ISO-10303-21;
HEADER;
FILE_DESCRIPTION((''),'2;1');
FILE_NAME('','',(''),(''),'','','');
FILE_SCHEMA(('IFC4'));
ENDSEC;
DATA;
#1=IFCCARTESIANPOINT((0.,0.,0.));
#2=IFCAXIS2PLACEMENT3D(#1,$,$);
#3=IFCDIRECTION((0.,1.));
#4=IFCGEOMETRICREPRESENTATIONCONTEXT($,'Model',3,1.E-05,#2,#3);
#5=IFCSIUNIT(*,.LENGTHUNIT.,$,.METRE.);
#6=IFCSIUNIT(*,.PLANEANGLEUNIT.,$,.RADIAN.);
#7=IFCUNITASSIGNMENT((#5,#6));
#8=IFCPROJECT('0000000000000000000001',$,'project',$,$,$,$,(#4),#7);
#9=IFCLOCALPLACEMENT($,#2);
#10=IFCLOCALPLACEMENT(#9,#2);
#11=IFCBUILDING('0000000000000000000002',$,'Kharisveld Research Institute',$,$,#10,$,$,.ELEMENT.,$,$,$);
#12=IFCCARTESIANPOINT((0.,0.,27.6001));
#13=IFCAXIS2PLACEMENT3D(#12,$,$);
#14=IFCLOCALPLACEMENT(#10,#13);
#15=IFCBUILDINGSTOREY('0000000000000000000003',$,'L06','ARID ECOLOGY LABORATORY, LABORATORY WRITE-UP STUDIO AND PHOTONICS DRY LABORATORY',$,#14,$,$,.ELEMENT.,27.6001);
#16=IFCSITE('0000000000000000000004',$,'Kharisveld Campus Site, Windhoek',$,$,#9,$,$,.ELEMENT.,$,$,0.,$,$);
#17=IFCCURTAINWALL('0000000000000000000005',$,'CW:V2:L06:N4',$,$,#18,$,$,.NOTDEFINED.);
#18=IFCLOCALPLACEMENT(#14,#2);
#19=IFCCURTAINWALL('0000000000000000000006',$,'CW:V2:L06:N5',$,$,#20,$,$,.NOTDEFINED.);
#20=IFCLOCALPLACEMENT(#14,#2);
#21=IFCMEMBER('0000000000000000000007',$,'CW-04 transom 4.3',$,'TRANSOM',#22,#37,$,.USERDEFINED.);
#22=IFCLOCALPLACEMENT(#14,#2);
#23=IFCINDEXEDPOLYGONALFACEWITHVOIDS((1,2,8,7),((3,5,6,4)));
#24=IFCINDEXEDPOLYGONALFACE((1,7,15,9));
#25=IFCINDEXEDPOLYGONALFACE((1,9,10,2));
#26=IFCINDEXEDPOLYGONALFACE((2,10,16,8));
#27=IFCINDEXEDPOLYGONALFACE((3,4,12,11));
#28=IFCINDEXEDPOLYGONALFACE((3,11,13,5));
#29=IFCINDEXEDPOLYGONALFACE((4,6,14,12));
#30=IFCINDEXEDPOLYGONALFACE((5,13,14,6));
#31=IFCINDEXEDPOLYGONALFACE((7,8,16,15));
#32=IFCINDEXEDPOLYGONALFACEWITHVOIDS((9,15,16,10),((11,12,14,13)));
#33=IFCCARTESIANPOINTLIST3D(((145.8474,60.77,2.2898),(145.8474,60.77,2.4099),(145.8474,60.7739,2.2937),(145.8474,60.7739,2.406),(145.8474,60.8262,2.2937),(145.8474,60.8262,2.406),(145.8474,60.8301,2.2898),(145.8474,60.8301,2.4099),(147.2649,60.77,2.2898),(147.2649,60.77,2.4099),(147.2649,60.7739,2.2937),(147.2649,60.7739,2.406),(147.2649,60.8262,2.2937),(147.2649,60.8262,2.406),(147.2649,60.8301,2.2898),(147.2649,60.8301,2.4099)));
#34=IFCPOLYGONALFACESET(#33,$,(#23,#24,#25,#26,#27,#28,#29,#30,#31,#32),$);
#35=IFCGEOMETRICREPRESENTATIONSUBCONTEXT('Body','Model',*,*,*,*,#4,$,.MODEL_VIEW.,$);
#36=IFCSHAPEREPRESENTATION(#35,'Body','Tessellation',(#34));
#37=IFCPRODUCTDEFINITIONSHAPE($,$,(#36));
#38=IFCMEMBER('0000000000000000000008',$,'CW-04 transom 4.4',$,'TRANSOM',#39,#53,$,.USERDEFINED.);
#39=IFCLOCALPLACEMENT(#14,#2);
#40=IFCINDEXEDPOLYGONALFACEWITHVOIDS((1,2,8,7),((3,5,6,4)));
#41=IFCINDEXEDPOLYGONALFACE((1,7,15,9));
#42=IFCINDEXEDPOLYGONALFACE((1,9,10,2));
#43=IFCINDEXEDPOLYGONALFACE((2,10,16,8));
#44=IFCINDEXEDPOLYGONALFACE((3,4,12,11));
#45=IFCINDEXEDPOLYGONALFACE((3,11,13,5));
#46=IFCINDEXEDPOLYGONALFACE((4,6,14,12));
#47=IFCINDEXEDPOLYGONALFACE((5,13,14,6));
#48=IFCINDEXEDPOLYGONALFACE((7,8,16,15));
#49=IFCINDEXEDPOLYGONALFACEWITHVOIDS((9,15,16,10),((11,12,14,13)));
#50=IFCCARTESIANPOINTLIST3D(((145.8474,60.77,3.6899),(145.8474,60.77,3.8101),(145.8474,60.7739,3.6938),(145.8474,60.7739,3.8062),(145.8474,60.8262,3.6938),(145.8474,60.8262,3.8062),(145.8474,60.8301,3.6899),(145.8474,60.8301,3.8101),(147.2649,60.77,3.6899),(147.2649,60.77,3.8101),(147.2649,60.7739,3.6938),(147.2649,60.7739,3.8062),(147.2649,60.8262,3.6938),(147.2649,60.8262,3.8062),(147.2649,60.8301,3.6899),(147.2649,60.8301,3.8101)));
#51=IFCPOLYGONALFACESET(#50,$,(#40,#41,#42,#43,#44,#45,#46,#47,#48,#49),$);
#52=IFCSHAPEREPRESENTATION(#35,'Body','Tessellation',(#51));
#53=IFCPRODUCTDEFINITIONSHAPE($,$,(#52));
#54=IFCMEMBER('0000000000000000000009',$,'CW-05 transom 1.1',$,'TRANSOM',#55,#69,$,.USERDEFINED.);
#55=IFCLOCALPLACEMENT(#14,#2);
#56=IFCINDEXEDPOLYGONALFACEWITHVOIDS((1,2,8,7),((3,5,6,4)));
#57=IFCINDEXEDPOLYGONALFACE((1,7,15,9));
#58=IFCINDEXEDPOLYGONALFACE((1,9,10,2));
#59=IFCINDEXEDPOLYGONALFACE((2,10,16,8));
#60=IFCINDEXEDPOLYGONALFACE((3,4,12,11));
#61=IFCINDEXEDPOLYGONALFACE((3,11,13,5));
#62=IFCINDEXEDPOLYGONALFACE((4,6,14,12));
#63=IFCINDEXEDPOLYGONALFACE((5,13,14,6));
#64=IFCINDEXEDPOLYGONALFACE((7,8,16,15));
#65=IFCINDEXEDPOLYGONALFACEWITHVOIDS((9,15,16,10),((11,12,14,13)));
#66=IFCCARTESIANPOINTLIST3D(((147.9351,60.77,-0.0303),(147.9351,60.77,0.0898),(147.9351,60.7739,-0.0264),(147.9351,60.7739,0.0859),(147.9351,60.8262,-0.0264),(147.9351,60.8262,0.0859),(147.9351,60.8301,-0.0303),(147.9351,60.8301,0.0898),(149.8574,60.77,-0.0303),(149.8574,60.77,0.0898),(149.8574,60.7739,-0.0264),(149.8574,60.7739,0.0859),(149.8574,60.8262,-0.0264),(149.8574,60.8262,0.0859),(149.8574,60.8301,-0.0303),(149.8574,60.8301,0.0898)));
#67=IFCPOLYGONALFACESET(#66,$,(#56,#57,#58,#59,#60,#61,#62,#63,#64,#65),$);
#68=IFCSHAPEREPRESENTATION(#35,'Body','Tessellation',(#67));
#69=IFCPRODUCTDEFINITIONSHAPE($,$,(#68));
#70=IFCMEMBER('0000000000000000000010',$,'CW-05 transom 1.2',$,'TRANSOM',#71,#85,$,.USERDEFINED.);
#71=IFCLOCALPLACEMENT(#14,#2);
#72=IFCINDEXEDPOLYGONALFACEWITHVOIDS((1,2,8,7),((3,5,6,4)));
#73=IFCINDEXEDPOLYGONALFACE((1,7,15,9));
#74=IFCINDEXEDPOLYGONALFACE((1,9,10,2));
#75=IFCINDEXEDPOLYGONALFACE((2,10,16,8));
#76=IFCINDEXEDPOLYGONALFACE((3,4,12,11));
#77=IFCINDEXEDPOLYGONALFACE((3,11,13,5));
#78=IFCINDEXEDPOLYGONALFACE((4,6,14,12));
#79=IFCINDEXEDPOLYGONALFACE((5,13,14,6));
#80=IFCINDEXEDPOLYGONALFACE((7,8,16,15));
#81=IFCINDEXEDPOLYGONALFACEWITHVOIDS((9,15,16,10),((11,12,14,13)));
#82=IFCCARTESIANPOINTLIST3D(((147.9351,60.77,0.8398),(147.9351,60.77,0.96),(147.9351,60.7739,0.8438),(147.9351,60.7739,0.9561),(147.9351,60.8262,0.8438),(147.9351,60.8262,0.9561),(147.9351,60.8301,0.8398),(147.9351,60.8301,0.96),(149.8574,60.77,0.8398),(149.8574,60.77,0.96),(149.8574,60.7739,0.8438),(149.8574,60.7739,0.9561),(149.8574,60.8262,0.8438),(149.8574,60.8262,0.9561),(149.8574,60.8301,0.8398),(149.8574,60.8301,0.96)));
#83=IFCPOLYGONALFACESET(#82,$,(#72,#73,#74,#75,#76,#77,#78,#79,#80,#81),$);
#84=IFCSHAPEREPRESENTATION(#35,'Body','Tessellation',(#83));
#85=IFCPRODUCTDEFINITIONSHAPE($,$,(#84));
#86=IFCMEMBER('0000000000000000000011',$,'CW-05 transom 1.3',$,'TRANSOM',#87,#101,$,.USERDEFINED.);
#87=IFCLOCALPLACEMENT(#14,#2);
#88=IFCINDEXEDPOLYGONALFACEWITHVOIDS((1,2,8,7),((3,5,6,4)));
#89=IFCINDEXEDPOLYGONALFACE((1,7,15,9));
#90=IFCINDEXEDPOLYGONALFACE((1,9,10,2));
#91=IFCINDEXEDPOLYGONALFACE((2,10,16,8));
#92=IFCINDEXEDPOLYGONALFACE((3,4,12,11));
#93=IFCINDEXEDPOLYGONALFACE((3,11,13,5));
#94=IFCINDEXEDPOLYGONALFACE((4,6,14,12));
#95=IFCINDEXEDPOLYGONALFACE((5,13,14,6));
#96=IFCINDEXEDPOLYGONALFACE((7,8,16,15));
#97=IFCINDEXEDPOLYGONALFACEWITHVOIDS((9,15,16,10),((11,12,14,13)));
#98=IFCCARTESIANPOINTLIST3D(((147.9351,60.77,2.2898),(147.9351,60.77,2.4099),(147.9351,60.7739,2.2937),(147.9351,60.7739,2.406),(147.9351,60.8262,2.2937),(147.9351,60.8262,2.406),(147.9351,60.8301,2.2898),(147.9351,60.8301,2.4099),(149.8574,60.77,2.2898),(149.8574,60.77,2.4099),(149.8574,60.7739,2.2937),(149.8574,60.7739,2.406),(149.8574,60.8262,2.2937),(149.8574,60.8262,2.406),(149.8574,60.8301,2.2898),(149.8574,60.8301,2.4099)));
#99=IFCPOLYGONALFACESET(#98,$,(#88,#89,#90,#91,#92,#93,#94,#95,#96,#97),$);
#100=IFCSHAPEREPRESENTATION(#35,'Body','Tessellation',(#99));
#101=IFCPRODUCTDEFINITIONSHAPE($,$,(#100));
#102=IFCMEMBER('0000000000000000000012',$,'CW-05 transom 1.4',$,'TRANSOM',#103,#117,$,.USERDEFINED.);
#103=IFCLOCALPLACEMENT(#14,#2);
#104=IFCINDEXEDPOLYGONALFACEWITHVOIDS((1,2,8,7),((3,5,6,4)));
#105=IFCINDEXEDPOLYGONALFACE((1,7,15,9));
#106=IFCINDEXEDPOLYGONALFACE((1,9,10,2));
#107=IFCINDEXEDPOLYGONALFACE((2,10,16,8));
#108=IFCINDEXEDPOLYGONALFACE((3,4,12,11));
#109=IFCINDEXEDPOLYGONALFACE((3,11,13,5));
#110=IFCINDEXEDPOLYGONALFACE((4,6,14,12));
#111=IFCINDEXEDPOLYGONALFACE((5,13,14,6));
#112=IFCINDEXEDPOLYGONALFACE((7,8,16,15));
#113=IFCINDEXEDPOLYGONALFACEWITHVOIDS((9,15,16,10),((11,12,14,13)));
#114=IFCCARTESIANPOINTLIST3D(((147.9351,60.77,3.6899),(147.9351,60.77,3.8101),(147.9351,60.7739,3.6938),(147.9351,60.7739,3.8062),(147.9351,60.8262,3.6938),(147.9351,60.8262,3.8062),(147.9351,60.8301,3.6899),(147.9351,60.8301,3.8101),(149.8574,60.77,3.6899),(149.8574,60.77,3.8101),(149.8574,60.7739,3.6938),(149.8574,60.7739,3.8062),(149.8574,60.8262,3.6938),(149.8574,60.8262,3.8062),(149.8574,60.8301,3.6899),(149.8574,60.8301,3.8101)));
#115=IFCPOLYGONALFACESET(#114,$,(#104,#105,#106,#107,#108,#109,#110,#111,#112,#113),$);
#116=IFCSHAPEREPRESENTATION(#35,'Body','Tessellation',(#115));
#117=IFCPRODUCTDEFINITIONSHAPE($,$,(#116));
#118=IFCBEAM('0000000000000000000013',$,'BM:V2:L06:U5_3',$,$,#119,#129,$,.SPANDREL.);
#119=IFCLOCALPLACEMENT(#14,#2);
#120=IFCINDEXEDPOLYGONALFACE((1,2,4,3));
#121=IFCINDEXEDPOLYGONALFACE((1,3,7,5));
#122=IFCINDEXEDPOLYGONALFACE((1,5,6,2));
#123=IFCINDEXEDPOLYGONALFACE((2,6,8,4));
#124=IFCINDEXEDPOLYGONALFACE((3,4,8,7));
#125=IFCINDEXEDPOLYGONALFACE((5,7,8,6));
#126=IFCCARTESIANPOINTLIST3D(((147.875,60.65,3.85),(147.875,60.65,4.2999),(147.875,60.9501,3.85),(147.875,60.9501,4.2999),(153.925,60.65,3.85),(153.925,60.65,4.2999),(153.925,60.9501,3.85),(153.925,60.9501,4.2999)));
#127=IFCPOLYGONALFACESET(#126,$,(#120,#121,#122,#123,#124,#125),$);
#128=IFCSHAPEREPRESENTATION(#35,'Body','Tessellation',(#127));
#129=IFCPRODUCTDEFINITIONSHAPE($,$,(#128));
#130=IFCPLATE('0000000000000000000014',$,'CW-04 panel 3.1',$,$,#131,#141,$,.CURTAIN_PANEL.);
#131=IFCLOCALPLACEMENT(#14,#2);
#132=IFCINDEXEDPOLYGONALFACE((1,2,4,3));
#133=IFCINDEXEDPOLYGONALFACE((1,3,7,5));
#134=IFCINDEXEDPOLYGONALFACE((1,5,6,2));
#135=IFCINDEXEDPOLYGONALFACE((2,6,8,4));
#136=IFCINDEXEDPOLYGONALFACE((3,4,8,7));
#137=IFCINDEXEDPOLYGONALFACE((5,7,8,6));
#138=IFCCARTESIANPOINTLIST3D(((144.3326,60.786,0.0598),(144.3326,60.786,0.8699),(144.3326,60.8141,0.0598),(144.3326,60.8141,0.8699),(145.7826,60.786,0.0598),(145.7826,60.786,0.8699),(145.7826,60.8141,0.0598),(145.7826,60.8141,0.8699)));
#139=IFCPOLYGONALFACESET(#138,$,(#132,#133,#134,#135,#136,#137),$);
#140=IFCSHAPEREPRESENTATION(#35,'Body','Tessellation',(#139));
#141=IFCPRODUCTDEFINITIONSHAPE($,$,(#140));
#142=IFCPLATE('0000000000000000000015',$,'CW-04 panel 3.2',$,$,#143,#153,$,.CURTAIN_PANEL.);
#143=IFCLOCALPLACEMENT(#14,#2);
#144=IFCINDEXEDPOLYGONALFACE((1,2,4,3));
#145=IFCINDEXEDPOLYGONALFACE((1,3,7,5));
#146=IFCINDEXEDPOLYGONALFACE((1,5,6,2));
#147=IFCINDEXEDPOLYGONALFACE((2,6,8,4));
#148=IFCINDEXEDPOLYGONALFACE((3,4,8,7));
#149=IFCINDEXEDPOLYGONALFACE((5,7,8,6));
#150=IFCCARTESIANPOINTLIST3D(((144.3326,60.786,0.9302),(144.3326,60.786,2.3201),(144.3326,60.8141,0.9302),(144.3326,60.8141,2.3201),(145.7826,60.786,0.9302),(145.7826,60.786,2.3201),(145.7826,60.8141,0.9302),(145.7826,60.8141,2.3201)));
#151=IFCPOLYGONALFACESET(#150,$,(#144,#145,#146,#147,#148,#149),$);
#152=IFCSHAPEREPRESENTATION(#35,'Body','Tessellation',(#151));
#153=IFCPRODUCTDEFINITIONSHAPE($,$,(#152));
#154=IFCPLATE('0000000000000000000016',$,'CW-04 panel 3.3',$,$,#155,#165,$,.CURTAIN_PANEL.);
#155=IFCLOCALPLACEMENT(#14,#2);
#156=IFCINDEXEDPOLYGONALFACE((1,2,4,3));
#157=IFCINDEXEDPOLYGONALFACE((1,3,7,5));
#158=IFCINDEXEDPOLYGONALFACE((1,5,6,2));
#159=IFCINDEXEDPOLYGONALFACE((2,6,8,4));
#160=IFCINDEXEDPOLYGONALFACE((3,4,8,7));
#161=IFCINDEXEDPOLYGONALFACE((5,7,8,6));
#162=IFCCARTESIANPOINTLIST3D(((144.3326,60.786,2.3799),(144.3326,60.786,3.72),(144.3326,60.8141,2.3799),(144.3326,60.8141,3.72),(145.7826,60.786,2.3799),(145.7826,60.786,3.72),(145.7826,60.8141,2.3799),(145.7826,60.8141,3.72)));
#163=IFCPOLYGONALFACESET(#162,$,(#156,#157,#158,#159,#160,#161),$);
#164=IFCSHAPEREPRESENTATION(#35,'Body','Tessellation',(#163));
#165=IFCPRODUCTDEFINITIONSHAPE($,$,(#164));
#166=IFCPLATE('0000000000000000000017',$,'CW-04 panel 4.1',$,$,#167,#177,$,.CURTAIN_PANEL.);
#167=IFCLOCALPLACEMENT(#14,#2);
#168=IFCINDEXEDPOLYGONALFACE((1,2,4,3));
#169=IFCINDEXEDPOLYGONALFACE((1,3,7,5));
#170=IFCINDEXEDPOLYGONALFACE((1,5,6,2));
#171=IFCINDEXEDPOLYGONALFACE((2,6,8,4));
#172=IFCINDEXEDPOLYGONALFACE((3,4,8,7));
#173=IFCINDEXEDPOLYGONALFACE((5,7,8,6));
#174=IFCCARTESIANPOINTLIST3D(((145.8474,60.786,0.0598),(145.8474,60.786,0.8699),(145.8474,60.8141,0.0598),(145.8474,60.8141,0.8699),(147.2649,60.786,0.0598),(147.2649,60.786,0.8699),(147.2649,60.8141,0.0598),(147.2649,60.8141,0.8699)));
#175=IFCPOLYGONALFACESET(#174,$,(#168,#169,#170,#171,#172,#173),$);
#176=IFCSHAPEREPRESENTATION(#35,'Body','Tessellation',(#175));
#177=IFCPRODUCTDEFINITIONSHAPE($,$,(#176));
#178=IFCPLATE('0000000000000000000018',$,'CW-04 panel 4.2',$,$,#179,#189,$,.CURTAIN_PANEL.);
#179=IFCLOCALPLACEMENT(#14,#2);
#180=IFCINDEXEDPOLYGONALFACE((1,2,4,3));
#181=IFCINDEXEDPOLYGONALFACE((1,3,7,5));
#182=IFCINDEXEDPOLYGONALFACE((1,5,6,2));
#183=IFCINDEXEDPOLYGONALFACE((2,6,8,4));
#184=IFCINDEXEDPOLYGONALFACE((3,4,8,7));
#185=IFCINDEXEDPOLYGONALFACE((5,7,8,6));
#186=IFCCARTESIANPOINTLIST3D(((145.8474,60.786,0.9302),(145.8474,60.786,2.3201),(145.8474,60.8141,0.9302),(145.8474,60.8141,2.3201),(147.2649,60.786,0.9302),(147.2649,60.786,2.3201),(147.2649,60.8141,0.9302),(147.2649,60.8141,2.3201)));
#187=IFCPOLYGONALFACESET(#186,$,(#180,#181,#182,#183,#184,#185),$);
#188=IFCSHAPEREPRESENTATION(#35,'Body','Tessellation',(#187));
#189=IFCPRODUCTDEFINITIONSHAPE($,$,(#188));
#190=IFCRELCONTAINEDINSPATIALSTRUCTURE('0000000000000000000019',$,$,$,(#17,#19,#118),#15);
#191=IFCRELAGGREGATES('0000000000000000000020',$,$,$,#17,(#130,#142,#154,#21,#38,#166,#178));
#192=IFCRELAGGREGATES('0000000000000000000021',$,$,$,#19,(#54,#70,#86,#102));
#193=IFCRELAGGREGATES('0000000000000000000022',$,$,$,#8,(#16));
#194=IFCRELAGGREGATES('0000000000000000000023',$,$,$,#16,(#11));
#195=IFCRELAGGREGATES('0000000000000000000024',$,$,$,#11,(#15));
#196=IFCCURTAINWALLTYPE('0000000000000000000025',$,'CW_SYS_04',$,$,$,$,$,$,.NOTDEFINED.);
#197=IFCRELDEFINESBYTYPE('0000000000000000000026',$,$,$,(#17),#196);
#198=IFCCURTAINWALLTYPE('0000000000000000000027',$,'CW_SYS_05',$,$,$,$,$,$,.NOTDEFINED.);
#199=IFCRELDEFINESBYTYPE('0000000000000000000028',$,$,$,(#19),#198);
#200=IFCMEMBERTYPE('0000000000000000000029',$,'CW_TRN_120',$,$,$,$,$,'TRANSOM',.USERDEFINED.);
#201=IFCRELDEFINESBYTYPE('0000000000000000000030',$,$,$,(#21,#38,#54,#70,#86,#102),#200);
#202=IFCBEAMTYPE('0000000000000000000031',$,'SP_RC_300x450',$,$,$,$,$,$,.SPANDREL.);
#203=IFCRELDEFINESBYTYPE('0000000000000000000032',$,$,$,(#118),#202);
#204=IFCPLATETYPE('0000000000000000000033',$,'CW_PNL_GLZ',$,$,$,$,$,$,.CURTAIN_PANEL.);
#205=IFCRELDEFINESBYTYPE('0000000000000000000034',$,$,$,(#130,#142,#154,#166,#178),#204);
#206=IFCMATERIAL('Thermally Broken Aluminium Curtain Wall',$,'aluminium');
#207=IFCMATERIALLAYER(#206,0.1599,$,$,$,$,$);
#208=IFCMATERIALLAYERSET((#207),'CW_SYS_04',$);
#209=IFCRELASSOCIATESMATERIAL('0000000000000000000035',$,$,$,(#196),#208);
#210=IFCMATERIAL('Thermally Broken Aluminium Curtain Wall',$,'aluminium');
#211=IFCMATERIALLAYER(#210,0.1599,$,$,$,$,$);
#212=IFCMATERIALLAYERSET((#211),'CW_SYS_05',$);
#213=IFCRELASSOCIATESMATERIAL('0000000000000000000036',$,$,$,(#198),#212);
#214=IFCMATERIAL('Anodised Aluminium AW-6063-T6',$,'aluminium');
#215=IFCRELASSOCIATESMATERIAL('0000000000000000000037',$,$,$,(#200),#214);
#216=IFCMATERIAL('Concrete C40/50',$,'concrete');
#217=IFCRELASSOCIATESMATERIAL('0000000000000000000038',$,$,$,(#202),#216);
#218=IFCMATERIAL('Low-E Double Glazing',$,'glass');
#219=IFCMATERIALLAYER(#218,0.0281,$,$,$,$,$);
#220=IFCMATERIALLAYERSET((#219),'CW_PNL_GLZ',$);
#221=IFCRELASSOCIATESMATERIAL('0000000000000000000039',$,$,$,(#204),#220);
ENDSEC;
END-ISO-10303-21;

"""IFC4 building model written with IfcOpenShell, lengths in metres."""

from ifc_helpers import new_model, si_unit, direction, frame, origin, origin_2d, place, context, subcontext, project, spatial, rectangle, hollow_rectangle, extrude, material, layer, layer_set, material_profile, profile_set, type_object, element, aggregate, save


model = new_model("IFC4")

# Units and contexts
model_context = context("Model", 3, precision=1e-05, world=origin(), true_north=direction((0.0, 1.0)))
body_context = subcontext(model_context, "Body", "Model", "MODEL_VIEW")
ifc_project = project(units=[si_unit("LENGTHUNIT", "METRE"), si_unit("PLANEANGLEUNIT", "RADIAN")], contexts=[model_context])

# Site, building, storey
site_placement = place(None, origin())
site = spatial("IfcSite", under=ifc_project, at=site_placement, Name="Kharisveld Campus Site, Windhoek", CompositionType="ELEMENT", RefElevation=0.0)
building_placement = place(site_placement, origin())
building = spatial("IfcBuilding", under=site, at=building_placement, Name="Kharisveld Research Institute", CompositionType="ELEMENT")
storey_placement = place(building_placement, frame((0.0, 0.0, 27.6001)))
storey = spatial("IfcBuildingStorey", under=building, at=storey_placement, Name="L06", Description="ARID ECOLOGY LABORATORY, LABORATORY WRITE-UP STUDIO AND PHOTONICS DRY LABORATORY", CompositionType="ELEMENT", Elevation=27.6001)

# Curtain walls
ifc_material_1 = material(Name="Thermally Broken Aluminium Curtain Wall", Category="aluminium")
ifc_layer_1 = layer(ifc_material_1, 0.1599)
ifc_layer_set_1 = layer_set([ifc_layer_1], Name="CW_SYS_04")
curtain_wall_type_1 = type_object("IfcCurtainWallType", Name="CW_SYS_04", PredefinedType="NOTDEFINED", material=ifc_layer_set_1)
curtain_wall_1_placement = place(storey_placement, origin())
curtain_wall_1 = element("IfcCurtainWall", 1, at=curtain_wall_1_placement, inside=storey, type_object=curtain_wall_type_1, Name="CW:V2:L06:N4", PredefinedType="NOTDEFINED")
ifc_material_2 = material(Name="Thermally Broken Aluminium Curtain Wall", Category="aluminium")
ifc_layer_2 = layer(ifc_material_2, 0.1599)
ifc_layer_set_2 = layer_set([ifc_layer_2], Name="CW_SYS_05")
curtain_wall_type_2 = type_object("IfcCurtainWallType", Name="CW_SYS_05", PredefinedType="NOTDEFINED", material=ifc_layer_set_2)
curtain_wall_2_placement = place(storey_placement, origin())
curtain_wall_2 = element("IfcCurtainWall", 2, at=curtain_wall_2_placement, inside=storey, type_object=curtain_wall_type_2, Name="CW:V2:L06:N5", PredefinedType="NOTDEFINED")

# Members
ifc_material_3 = material(Name="Anodised Aluminium AW-6063-T6", Category="aluminium")
ifc_material_profile_1 = material_profile(ifc_material_3, hollow_rectangle(XDim=0.0601, YDim=0.1201, WallThickness=0.0039, at=origin_2d()))
ifc_profile_set_1 = profile_set([ifc_material_profile_1], Name="Anodised Aluminium AW-6063-T6")
member_type_1 = type_object("IfcMemberType", Name="CW_TRN_120", ElementType="TRANSOM", PredefinedType="USERDEFINED", material=ifc_profile_set_1)
member_1_placement = place(storey_placement, frame((145.8474, 60.8, 2.3499), z_axis=(1.0, 0.0, 0.0), x_axis=(0.0, 1.0, 0.0)))
member_1 = element("IfcMember", 3, at=member_1_placement, type_object=member_type_1, Name="CW-04 transom 4.3", ObjectType="TRANSOM", PredefinedType="USERDEFINED", context=body_context, shape_type="SweptSolid", body=[
    extrude(hollow_rectangle(XDim=0.0601, YDim=0.1201, WallThickness=0.0039, at=origin_2d()), origin(), (0.0, 0.0, 1.0), 1.4175),
])
member_2_placement = place(storey_placement, frame((145.8474, 60.8, 3.75), z_axis=(1.0, 0.0, 0.0), x_axis=(0.0, 1.0, 0.0)))
member_2 = element("IfcMember", 4, at=member_2_placement, type_object=member_type_1, Name="CW-04 transom 4.4", ObjectType="TRANSOM", PredefinedType="USERDEFINED", context=body_context, shape_type="SweptSolid", body=[
    extrude(hollow_rectangle(XDim=0.0601, YDim=0.1201, WallThickness=0.0039, at=origin_2d()), origin(), (0.0, 0.0, 1.0), 1.4175),
])
member_3_placement = place(storey_placement, frame((147.9351, 60.8, 0.0298), z_axis=(1.0, 0.0, 0.0), x_axis=(0.0, 1.0, 0.0)))
member_3 = element("IfcMember", 5, at=member_3_placement, type_object=member_type_1, Name="CW-05 transom 1.1", ObjectType="TRANSOM", PredefinedType="USERDEFINED", context=body_context, shape_type="SweptSolid", body=[
    extrude(hollow_rectangle(XDim=0.0601, YDim=0.1201, WallThickness=0.0039, at=origin_2d()), origin(), (0.0, 0.0, 1.0), 1.9224),
])
member_4_placement = place(storey_placement, frame((147.9351, 60.8, 0.8999), z_axis=(1.0, 0.0, 0.0), x_axis=(0.0, 1.0, 0.0)))
member_4 = element("IfcMember", 6, at=member_4_placement, type_object=member_type_1, Name="CW-05 transom 1.2", ObjectType="TRANSOM", PredefinedType="USERDEFINED", context=body_context, shape_type="SweptSolid", body=[
    extrude(hollow_rectangle(XDim=0.0601, YDim=0.1201, WallThickness=0.0039, at=origin_2d()), origin(), (0.0, 0.0, 1.0), 1.9224),
])
member_5_placement = place(storey_placement, frame((147.9351, 60.8, 2.3499), z_axis=(1.0, 0.0, 0.0), x_axis=(0.0, 1.0, 0.0)))
member_5 = element("IfcMember", 7, at=member_5_placement, type_object=member_type_1, Name="CW-05 transom 1.3", ObjectType="TRANSOM", PredefinedType="USERDEFINED", context=body_context, shape_type="SweptSolid", body=[
    extrude(hollow_rectangle(XDim=0.0601, YDim=0.1201, WallThickness=0.0039, at=origin_2d()), origin(), (0.0, 0.0, 1.0), 1.9224),
])
member_6_placement = place(storey_placement, frame((147.9351, 60.8, 3.75), z_axis=(1.0, 0.0, 0.0), x_axis=(0.0, 1.0, 0.0)))
member_6 = element("IfcMember", 8, at=member_6_placement, type_object=member_type_1, Name="CW-05 transom 1.4", ObjectType="TRANSOM", PredefinedType="USERDEFINED", context=body_context, shape_type="SweptSolid", body=[
    extrude(hollow_rectangle(XDim=0.0601, YDim=0.1201, WallThickness=0.0039, at=origin_2d()), origin(), (0.0, 0.0, 1.0), 1.9224),
])

# Beam
ifc_material_4 = material(Name="Concrete C40/50", Category="concrete")
ifc_material_profile_2 = material_profile(ifc_material_4, rectangle(XDim=0.3, YDim=0.45, at=origin_2d()))
ifc_profile_set_2 = profile_set([ifc_material_profile_2], Name="Concrete C40/50")
beam_type = type_object("IfcBeamType", Name="SP_RC_300x450", PredefinedType="SPANDREL", material=ifc_profile_set_2)
beam_placement = place(storey_placement, frame((147.875, 60.8, 4.075), z_axis=(1.0, 0.0, 0.0), x_axis=(0.0, 1.0, 0.0)))
element("IfcBeam", 9, at=beam_placement, inside=storey, type_object=beam_type, Name="BM:V2:L06:U5_3", PredefinedType="SPANDREL", context=body_context, shape_type="SweptSolid", body=[
    extrude(rectangle(XDim=0.3, YDim=0.45, at=origin_2d()), origin(), (0.0, 0.0, 1.0), 6.05),
])

# Plates
ifc_material_5 = material(Name="Low-E Double Glazing", Category="glass")
ifc_layer_3 = layer(ifc_material_5, 0.0281)
ifc_layer_set_3 = layer_set([ifc_layer_3], Name="CW_PNL_GLZ")
plate_type = type_object("IfcPlateType", Name="CW_PNL_GLZ", PredefinedType="CURTAIN_PANEL", material=ifc_layer_set_3)
plate_1_placement = place(storey_placement, frame((145.0576, 60.8, 0.0598), z_axis=(0.0, 0.0, 1.0), x_axis=(1.0, 0.0, 0.0)))
plate_1 = element("IfcPlate", 10, at=plate_1_placement, type_object=plate_type, Name="CW-04 panel 3.1", PredefinedType="CURTAIN_PANEL", context=body_context, shape_type="SweptSolid", body=[
    extrude(rectangle(XDim=1.45, YDim=0.0281, at=origin_2d()), origin(), (0.0, 0.0, 1.0), 0.8101),
])
plate_2_placement = place(storey_placement, frame((145.0576, 60.8, 0.9302), z_axis=(0.0, 0.0, 1.0), x_axis=(1.0, 0.0, 0.0)))
plate_2 = element("IfcPlate", 11, at=plate_2_placement, type_object=plate_type, Name="CW-04 panel 3.2", PredefinedType="CURTAIN_PANEL", context=body_context, shape_type="SweptSolid", body=[
    extrude(rectangle(XDim=1.45, YDim=0.0281, at=origin_2d()), origin(), (0.0, 0.0, 1.0), 1.3899),
])
plate_3_placement = place(storey_placement, frame((145.0576, 60.8, 2.3799), z_axis=(0.0, 0.0, 1.0), x_axis=(1.0, 0.0, 0.0)))
plate_3 = element("IfcPlate", 12, at=plate_3_placement, type_object=plate_type, Name="CW-04 panel 3.3", PredefinedType="CURTAIN_PANEL", context=body_context, shape_type="SweptSolid", body=[
    extrude(rectangle(XDim=1.45, YDim=0.0281, at=origin_2d()), origin(), (0.0, 0.0, 1.0), 1.3401),
])
plate_4_placement = place(storey_placement, frame((146.5562, 60.8, 0.0598), z_axis=(0.0, 0.0, 1.0), x_axis=(1.0, 0.0, 0.0)))
plate_4 = element("IfcPlate", 13, at=plate_4_placement, type_object=plate_type, Name="CW-04 panel 4.1", PredefinedType="CURTAIN_PANEL", context=body_context, shape_type="SweptSolid", body=[
    extrude(rectangle(XDim=1.4175, YDim=0.0281, at=origin_2d()), origin(), (0.0, 0.0, 1.0), 0.8101),
])
plate_5_placement = place(storey_placement, frame((146.5562, 60.8, 0.9302), z_axis=(0.0, 0.0, 1.0), x_axis=(1.0, 0.0, 0.0)))
plate_5 = element("IfcPlate", 14, at=plate_5_placement, type_object=plate_type, Name="CW-04 panel 4.2", PredefinedType="CURTAIN_PANEL", context=body_context, shape_type="SweptSolid", body=[
    extrude(rectangle(XDim=1.4175, YDim=0.0281, at=origin_2d()), origin(), (0.0, 0.0, 1.0), 1.3899),
])
aggregate(curtain_wall_1, [plate_1, plate_2, plate_3, member_1, member_2, plate_4, plate_5])
aggregate(curtain_wall_2, [member_3, member_4, member_5, member_6])

save(model, "model.ifc")
